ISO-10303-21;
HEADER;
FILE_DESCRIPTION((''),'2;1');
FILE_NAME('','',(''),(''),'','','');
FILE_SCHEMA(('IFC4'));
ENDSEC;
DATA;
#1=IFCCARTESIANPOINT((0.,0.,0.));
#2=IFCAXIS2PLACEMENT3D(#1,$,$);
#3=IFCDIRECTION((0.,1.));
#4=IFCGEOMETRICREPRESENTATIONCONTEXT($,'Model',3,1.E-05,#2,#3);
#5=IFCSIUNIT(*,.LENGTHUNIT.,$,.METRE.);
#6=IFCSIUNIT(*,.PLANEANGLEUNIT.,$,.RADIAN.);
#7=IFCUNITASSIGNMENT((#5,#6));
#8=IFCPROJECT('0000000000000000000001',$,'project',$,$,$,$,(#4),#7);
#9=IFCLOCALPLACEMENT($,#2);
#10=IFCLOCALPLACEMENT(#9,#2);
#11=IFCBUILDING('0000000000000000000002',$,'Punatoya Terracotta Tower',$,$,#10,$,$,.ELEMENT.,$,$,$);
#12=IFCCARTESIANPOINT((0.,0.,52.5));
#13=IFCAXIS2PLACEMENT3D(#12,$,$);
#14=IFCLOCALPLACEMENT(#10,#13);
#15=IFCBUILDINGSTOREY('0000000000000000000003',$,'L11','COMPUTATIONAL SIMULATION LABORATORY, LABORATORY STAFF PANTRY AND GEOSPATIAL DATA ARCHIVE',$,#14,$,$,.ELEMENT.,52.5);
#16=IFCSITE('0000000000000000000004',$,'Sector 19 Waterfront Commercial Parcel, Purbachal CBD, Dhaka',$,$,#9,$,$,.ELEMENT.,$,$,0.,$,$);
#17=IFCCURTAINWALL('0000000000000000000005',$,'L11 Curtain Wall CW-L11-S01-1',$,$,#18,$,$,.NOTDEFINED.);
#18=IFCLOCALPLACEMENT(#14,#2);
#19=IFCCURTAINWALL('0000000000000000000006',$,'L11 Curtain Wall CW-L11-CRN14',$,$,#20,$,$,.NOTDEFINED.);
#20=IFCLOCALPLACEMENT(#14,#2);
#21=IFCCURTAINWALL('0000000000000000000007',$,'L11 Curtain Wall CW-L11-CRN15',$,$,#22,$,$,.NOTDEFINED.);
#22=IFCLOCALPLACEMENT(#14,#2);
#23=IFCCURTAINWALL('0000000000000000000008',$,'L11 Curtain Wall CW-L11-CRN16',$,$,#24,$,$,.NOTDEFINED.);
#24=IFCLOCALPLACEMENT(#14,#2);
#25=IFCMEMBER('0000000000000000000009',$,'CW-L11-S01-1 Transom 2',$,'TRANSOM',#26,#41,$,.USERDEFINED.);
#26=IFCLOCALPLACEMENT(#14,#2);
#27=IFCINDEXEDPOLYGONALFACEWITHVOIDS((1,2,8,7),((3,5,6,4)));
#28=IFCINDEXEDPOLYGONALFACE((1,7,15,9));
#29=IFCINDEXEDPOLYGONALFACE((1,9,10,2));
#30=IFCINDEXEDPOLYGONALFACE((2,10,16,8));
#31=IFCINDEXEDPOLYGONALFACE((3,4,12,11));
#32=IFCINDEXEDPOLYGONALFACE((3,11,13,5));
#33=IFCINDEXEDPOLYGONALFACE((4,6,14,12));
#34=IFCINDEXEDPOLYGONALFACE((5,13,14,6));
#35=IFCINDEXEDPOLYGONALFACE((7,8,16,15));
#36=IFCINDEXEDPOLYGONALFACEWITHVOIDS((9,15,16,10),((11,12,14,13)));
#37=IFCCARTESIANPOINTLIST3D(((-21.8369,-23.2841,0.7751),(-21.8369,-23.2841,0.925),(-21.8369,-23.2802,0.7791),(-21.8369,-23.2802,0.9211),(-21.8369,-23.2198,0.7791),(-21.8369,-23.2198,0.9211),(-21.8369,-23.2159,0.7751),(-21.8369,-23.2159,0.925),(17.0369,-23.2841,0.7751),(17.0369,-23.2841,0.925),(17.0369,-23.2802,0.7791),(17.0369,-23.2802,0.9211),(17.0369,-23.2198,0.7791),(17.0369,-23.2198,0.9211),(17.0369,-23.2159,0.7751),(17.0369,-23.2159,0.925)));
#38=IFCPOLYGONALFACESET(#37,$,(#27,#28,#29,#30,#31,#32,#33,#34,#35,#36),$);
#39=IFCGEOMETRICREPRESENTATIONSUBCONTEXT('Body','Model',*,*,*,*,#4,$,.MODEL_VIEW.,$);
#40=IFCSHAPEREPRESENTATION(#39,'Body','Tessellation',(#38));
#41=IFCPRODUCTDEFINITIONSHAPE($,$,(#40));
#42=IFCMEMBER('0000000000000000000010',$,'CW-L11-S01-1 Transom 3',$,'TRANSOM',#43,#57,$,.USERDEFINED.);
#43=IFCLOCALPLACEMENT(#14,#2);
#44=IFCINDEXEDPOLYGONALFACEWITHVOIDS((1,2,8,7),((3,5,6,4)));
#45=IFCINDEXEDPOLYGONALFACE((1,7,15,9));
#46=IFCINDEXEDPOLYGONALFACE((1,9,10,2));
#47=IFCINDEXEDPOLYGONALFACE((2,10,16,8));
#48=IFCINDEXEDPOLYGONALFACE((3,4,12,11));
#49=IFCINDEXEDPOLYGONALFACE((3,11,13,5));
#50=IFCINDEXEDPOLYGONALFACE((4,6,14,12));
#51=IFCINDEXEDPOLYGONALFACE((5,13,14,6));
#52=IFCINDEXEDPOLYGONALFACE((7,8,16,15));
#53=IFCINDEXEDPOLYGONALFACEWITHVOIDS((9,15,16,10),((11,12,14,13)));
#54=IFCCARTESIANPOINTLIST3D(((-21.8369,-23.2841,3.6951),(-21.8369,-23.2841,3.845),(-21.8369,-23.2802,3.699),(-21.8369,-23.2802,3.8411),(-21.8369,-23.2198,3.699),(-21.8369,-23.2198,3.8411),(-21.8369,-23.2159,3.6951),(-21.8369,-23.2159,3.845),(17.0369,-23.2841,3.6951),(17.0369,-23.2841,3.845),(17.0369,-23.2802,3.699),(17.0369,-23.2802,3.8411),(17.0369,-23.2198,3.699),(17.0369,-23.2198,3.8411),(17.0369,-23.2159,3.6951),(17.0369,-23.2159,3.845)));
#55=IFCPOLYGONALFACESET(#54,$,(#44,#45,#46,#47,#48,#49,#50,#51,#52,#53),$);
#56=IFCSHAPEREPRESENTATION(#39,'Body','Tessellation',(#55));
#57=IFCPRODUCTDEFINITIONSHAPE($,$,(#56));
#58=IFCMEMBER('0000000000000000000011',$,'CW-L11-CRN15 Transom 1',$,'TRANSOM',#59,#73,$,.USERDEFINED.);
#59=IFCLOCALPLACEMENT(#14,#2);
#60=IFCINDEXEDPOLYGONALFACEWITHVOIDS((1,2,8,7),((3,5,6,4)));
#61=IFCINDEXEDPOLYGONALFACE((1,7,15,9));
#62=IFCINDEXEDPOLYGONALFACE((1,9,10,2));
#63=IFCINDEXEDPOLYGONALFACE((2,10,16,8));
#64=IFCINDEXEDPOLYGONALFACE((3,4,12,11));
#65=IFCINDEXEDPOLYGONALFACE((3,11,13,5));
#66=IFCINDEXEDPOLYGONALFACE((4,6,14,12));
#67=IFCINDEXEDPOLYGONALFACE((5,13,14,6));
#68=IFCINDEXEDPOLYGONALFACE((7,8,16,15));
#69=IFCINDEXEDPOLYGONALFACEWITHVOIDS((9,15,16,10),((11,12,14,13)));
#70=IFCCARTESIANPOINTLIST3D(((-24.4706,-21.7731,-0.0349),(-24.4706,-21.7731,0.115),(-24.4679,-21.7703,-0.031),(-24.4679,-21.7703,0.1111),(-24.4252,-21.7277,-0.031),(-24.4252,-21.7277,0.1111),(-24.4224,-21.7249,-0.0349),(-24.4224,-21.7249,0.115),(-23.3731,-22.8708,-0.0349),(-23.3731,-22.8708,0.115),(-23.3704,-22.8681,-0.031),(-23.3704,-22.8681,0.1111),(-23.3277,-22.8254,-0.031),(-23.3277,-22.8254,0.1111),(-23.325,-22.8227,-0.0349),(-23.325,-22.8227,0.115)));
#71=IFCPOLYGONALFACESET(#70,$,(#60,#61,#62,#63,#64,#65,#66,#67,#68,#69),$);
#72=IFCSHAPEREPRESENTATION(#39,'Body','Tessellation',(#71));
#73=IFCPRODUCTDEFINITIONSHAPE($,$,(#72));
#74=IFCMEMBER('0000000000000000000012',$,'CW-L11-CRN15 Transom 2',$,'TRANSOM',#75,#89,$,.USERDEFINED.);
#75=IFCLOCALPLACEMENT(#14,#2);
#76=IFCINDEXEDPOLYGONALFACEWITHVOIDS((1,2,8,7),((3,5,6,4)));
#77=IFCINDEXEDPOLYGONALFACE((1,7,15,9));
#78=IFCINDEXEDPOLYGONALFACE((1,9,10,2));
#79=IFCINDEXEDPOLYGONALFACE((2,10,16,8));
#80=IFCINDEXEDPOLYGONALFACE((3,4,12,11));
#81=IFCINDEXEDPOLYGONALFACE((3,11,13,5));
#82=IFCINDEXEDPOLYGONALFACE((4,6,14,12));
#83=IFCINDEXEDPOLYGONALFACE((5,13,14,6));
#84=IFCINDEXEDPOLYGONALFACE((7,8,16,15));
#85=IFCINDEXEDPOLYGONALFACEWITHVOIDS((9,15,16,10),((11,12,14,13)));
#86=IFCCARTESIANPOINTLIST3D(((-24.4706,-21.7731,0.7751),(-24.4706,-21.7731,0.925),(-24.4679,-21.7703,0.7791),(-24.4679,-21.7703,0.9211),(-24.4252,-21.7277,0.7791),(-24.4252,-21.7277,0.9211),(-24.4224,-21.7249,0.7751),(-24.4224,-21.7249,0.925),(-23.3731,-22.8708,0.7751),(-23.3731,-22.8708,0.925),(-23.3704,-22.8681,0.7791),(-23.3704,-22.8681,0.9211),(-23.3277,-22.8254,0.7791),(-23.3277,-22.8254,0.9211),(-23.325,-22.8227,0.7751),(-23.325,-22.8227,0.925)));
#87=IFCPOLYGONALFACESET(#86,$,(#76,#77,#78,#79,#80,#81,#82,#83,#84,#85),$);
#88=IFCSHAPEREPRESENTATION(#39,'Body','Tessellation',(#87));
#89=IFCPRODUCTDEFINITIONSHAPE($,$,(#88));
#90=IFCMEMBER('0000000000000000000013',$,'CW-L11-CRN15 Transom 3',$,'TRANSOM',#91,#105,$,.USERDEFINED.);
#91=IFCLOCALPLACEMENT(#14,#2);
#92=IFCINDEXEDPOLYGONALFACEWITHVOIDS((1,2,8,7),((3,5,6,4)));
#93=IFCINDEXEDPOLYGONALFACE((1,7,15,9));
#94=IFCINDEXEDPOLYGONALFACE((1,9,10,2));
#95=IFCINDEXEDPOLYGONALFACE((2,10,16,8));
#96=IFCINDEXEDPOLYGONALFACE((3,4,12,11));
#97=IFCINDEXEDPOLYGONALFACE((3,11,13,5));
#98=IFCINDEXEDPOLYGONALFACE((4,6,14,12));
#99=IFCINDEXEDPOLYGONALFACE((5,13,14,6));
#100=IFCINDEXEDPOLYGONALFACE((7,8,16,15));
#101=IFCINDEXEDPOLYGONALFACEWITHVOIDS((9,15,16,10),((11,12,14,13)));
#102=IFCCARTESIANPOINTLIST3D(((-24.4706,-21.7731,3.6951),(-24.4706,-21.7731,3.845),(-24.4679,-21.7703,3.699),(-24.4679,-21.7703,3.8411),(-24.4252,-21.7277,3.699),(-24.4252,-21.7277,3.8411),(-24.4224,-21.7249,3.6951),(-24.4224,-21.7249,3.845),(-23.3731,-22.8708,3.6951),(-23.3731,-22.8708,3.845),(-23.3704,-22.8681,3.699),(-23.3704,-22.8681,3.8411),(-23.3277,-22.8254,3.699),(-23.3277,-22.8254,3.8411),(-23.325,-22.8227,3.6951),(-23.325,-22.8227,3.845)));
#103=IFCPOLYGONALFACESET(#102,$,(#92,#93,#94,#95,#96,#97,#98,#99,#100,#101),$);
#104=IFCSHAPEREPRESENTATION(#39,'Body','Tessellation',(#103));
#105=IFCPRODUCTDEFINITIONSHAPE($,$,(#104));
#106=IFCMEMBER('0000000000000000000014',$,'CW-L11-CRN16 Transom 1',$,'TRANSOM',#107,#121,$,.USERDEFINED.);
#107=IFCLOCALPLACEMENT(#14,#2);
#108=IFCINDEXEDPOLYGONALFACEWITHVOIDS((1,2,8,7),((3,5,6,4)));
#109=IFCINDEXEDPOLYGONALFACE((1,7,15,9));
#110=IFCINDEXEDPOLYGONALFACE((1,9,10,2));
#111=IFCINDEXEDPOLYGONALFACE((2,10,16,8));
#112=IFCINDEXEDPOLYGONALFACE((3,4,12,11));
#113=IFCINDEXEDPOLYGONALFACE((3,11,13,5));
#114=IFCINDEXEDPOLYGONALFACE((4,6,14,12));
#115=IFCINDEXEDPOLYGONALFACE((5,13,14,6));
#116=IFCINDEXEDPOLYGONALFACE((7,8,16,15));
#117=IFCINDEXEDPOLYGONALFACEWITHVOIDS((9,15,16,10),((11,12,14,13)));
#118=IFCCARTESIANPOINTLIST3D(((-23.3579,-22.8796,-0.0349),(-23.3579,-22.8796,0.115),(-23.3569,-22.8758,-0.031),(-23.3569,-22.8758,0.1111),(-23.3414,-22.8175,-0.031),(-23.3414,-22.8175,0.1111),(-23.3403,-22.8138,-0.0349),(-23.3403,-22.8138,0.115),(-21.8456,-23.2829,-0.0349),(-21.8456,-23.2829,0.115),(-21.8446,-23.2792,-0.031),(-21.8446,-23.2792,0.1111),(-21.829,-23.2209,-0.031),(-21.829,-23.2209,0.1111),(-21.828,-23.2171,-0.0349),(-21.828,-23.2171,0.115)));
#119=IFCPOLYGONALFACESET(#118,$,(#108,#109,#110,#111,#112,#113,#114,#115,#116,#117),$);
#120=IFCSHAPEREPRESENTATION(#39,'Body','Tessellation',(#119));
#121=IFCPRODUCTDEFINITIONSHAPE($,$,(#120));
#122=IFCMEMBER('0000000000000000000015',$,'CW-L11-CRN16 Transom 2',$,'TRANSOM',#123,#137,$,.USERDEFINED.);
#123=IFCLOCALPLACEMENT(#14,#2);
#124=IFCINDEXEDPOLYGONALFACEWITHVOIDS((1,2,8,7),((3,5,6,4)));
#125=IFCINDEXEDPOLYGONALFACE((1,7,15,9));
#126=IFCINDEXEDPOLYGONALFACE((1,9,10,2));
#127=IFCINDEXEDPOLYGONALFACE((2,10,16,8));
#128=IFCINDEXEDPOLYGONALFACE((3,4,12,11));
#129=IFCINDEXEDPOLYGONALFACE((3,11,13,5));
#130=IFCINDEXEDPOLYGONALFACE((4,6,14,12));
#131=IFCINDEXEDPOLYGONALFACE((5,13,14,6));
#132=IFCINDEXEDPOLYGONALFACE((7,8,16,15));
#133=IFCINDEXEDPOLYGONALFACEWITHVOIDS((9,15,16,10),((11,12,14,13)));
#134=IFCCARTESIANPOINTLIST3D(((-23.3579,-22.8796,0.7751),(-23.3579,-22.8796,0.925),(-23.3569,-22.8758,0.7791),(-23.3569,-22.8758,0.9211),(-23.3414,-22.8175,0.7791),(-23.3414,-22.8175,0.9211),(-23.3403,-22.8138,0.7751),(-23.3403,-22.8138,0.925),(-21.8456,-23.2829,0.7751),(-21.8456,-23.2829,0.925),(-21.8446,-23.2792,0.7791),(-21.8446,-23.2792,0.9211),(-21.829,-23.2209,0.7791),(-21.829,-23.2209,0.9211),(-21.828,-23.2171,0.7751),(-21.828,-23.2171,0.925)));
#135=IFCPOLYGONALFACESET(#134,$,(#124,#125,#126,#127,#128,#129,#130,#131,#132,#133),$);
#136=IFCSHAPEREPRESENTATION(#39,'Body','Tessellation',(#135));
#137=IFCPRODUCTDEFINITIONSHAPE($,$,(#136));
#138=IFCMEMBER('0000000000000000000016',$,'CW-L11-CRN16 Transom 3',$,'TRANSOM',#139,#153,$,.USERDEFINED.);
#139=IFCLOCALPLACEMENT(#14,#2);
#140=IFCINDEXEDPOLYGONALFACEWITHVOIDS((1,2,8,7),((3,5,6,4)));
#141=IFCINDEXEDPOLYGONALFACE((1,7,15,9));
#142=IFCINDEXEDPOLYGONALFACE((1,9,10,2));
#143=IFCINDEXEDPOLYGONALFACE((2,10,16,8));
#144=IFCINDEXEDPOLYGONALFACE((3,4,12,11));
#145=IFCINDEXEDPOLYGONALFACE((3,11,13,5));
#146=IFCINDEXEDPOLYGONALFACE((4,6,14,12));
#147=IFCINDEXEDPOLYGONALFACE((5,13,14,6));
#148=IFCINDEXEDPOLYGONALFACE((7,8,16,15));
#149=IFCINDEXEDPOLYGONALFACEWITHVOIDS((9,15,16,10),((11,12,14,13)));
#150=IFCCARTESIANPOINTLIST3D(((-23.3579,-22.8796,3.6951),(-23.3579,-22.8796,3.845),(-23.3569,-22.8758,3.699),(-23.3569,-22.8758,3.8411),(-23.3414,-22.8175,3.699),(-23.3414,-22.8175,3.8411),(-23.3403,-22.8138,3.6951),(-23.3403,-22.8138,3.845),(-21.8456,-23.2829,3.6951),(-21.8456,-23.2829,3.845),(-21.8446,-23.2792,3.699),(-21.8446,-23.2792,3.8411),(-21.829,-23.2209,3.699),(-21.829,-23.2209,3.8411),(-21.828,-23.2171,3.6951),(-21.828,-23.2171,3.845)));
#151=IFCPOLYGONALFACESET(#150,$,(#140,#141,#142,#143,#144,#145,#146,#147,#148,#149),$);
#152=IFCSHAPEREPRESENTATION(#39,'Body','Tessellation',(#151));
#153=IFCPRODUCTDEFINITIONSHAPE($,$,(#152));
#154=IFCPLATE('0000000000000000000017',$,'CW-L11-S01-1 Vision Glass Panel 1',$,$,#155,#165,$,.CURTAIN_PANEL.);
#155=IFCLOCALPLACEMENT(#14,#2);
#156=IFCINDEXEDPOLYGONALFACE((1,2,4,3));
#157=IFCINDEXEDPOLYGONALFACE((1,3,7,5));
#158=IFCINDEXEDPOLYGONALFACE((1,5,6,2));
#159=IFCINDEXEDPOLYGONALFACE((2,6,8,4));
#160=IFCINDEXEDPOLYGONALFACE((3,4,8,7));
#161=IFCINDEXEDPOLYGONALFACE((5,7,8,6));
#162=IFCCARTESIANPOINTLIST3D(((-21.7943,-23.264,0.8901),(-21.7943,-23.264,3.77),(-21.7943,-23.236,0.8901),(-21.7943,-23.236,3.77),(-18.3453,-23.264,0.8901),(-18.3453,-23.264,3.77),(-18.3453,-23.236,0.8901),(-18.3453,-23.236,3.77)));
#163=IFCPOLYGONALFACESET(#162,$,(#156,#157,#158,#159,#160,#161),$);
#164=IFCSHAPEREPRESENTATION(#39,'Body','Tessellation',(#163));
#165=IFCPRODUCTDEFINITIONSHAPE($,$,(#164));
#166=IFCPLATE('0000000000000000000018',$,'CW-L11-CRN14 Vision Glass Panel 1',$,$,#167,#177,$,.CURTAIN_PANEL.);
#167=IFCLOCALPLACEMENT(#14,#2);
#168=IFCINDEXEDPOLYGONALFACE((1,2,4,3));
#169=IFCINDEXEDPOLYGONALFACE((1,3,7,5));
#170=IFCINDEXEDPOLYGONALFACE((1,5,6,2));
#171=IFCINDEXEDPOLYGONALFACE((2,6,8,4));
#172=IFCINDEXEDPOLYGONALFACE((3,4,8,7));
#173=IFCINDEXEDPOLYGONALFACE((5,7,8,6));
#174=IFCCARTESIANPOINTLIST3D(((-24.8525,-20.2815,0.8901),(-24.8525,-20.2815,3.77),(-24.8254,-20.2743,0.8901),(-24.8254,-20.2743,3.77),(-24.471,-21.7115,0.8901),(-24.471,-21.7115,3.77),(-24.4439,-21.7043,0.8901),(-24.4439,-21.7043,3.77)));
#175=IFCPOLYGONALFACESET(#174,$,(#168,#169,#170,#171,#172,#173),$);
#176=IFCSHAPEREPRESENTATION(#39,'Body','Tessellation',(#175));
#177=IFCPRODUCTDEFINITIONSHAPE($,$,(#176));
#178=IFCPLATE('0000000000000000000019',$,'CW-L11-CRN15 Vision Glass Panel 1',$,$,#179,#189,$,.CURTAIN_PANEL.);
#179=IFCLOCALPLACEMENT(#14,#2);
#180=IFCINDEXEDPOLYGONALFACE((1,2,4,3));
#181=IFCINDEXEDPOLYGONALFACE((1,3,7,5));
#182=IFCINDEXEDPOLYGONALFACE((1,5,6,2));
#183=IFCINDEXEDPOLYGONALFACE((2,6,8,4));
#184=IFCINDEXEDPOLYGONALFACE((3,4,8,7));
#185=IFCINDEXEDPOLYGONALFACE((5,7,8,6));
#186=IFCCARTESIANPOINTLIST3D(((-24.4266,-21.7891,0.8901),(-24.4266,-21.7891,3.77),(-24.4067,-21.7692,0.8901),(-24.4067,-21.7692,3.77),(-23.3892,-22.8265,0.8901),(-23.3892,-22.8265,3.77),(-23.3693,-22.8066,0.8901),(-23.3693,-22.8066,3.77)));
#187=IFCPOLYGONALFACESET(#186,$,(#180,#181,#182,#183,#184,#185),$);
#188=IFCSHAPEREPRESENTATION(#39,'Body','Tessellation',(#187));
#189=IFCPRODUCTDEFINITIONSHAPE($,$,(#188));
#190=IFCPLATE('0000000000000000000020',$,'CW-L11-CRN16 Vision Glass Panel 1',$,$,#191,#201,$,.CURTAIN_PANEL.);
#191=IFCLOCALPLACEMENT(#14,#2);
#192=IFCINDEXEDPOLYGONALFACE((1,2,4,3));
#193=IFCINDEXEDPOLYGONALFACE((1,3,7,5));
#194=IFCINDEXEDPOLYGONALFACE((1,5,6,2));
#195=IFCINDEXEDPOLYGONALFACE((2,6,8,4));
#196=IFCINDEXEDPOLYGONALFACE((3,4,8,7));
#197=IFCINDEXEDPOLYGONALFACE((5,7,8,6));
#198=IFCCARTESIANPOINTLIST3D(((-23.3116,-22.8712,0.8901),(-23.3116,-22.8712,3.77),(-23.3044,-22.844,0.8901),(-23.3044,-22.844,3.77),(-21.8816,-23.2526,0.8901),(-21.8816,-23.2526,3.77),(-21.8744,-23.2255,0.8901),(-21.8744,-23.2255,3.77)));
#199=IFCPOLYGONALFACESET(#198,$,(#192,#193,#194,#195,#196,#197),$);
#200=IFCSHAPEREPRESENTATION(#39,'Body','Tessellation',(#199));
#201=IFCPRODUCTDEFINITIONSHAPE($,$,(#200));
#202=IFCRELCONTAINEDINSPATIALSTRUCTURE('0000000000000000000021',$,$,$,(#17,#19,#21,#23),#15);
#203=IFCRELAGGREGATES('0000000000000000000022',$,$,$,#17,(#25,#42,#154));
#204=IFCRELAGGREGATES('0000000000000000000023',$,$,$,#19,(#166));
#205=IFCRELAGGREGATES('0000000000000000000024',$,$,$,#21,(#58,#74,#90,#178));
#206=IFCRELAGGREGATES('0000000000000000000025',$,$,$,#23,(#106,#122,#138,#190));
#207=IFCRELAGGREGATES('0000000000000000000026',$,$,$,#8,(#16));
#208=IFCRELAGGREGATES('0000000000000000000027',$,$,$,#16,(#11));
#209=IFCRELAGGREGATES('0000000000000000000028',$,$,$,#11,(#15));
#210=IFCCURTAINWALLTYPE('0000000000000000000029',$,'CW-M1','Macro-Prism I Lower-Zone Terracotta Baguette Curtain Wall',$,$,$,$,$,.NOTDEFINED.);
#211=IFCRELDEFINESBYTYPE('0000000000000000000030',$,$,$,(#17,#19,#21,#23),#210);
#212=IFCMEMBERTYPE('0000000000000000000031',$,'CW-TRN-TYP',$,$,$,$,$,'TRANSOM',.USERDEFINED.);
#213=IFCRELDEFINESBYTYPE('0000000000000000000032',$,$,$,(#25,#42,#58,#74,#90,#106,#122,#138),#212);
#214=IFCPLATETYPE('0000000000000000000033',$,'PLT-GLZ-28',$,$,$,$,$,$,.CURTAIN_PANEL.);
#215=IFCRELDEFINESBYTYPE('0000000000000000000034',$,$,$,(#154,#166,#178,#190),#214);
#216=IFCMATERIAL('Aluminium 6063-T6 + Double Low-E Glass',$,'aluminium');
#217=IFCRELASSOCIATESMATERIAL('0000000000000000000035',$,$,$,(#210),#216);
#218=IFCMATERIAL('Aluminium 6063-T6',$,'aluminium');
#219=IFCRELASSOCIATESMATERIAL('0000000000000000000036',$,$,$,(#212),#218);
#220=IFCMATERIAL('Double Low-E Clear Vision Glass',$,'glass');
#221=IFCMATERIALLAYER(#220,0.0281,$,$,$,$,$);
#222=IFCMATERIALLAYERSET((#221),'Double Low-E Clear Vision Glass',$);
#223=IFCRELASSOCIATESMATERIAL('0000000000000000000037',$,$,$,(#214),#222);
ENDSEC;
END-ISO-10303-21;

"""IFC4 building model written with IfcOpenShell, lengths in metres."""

from ifc_helpers import new_model, si_unit, direction, frame, origin, origin_2d, place, context, subcontext, project, spatial, rectangle, hollow_rectangle, extrude, material, layer, layer_set, material_profile, profile_set, type_object, element, aggregate, save


model = new_model("IFC4")

# Units and contexts
model_context = context("Model", 3, precision=1e-05, world=origin(), true_north=direction((0.0, 1.0)))
body_context = subcontext(model_context, "Body", "Model", "MODEL_VIEW")
ifc_project = project(units=[si_unit("LENGTHUNIT", "METRE"), si_unit("PLANEANGLEUNIT", "RADIAN")], contexts=[model_context])

# Site, building, storey
site_placement = place(None, origin())
site = spatial("IfcSite", under=ifc_project, at=site_placement, Name="Sector 19 Waterfront Commercial Parcel, Purbachal CBD, Dhaka", CompositionType="ELEMENT", RefElevation=0.0)
building_placement = place(site_placement, origin())
building = spatial("IfcBuilding", under=site, at=building_placement, Name="Punatoya Terracotta Tower", CompositionType="ELEMENT")
storey_placement = place(building_placement, frame((0.0, 0.0, 52.5)))
storey = spatial("IfcBuildingStorey", under=building, at=storey_placement, Name="L11", Description="COMPUTATIONAL SIMULATION LABORATORY, LABORATORY STAFF PANTRY AND GEOSPATIAL DATA ARCHIVE", CompositionType="ELEMENT", Elevation=52.5)

# Curtain wall
ifc_material_1 = material(Name="Aluminium 6063-T6 + Double Low-E Glass", Category="aluminium")
curtain_wall_type = type_object("IfcCurtainWallType", Name="CW-M1", Description="Macro-Prism I Lower-Zone Terracotta Baguette Curtain Wall", PredefinedType="NOTDEFINED", material=ifc_material_1)
curtain_wall_1_placement = place(storey_placement, origin())
curtain_wall_1 = element("IfcCurtainWall", 1, at=curtain_wall_1_placement, inside=storey, type_object=curtain_wall_type, Name="L11 Curtain Wall CW-L11-S01-1", PredefinedType="NOTDEFINED")
ifc_material_2 = material(Name="Aluminium 6063-T6", Category="aluminium")

# Curtain walls
curtain_wall_2_placement = place(storey_placement, origin())
curtain_wall_2 = element("IfcCurtainWall", 2, at=curtain_wall_2_placement, inside=storey, type_object=curtain_wall_type, Name="L11 Curtain Wall CW-L11-CRN14", PredefinedType="NOTDEFINED")
curtain_wall_3_placement = place(storey_placement, origin())
curtain_wall_3 = element("IfcCurtainWall", 3, at=curtain_wall_3_placement, inside=storey, type_object=curtain_wall_type, Name="L11 Curtain Wall CW-L11-CRN15", PredefinedType="NOTDEFINED")
curtain_wall_4_placement = place(storey_placement, origin())
curtain_wall_4 = element("IfcCurtainWall", 4, at=curtain_wall_4_placement, inside=storey, type_object=curtain_wall_type, Name="L11 Curtain Wall CW-L11-CRN16", PredefinedType="NOTDEFINED")

# Members
ifc_material_profile_1 = material_profile(ifc_material_2, hollow_rectangle(XDim=0.0681, YDim=0.1499, WallThickness=0.0039, at=origin_2d()))
ifc_profile_set_1 = profile_set([ifc_material_profile_1], Name="Aluminium 6063-T6")
member_type_1 = type_object("IfcMemberType", Name="CW-TRN-TYP", ElementType="TRANSOM", PredefinedType="USERDEFINED", material=ifc_profile_set_1)
member_1_placement = place(storey_placement, frame((-21.8369, -23.25, 0.8501), z_axis=(1.0, 0.0, 0.0), x_axis=(0.0, 1.0, 0.0)))
member_1 = element("IfcMember", 5, at=member_1_placement, type_object=member_type_1, Name="CW-L11-S01-1 Transom 2", ObjectType="TRANSOM", PredefinedType="USERDEFINED", context=body_context, shape_type="SweptSolid", body=[
    extrude(hollow_rectangle(XDim=0.0681, YDim=0.1499, WallThickness=0.0039, at=origin_2d()), origin(), (0.0, 0.0, 1.0), 38.8738),
])
member_2_placement = place(storey_placement, frame((-21.8369, -23.25, 3.77), z_axis=(1.0, 0.0, 0.0), x_axis=(0.0, 1.0, 0.0)))
member_2 = element("IfcMember", 6, at=member_2_placement, type_object=member_type_1, Name="CW-L11-S01-1 Transom 3", ObjectType="TRANSOM", PredefinedType="USERDEFINED", context=body_context, shape_type="SweptSolid", body=[
    extrude(hollow_rectangle(XDim=0.0681, YDim=0.1499, WallThickness=0.0039, at=origin_2d()), origin(), (0.0, 0.0, 1.0), 38.8738),
])
member_3_placement = place(storey_placement, frame((-24.4465, -21.749, 0.04), z_axis=(0.707028, -0.707185, 0.0), x_axis=(0.707185, 0.707028, 0.0)))
member_3 = element("IfcMember", 7, at=member_3_placement, type_object=member_type_1, Name="CW-L11-CRN15 Transom 1", ObjectType="TRANSOM", PredefinedType="USERDEFINED", context=body_context, shape_type="SweptSolid", body=[
    extrude(hollow_rectangle(XDim=0.0681, YDim=0.1499, WallThickness=0.0039, at=origin_2d()), origin(), (0.0, 0.0, 1.0), 1.5522),
])
member_4_placement = place(storey_placement, frame((-24.4465, -21.749, 0.8501), z_axis=(0.707028, -0.707185, 0.0), x_axis=(0.707185, 0.707028, 0.0)))
member_4 = element("IfcMember", 8, at=member_4_placement, type_object=member_type_1, Name="CW-L11-CRN15 Transom 2", ObjectType="TRANSOM", PredefinedType="USERDEFINED", context=body_context, shape_type="SweptSolid", body=[
    extrude(hollow_rectangle(XDim=0.0681, YDim=0.1499, WallThickness=0.0039, at=origin_2d()), origin(), (0.0, 0.0, 1.0), 1.5522),
])
member_5_placement = place(storey_placement, frame((-24.4465, -21.749, 3.77), z_axis=(0.707028, -0.707185, 0.0), x_axis=(0.707185, 0.707028, 0.0)))
member_5 = element("IfcMember", 9, at=member_5_placement, type_object=member_type_1, Name="CW-L11-CRN15 Transom 3", ObjectType="TRANSOM", PredefinedType="USERDEFINED", context=body_context, shape_type="SweptSolid", body=[
    extrude(hollow_rectangle(XDim=0.0681, YDim=0.1499, WallThickness=0.0039, at=origin_2d()), origin(), (0.0, 0.0, 1.0), 1.5522),
])
member_6_placement = place(storey_placement, frame((-23.3491, -22.8467, 0.04), z_axis=(0.966225, -0.257701, 0.0), x_axis=(0.257701, 0.966225, 0.0)))
member_6 = element("IfcMember", 10, at=member_6_placement, type_object=member_type_1, Name="CW-L11-CRN16 Transom 1", ObjectType="TRANSOM", PredefinedType="USERDEFINED", context=body_context, shape_type="SweptSolid", body=[
    extrude(hollow_rectangle(XDim=0.0681, YDim=0.1499, WallThickness=0.0039, at=origin_2d()), origin(), (0.0, 0.0, 1.0), 1.5652),
])
member_7_placement = place(storey_placement, frame((-23.3491, -22.8467, 0.8501), z_axis=(0.966225, -0.257701, 0.0), x_axis=(0.257701, 0.966225, 0.0)))
member_7 = element("IfcMember", 11, at=member_7_placement, type_object=member_type_1, Name="CW-L11-CRN16 Transom 2", ObjectType="TRANSOM", PredefinedType="USERDEFINED", context=body_context, shape_type="SweptSolid", body=[
    extrude(hollow_rectangle(XDim=0.0681, YDim=0.1499, WallThickness=0.0039, at=origin_2d()), origin(), (0.0, 0.0, 1.0), 1.5652),
])
member_8_placement = place(storey_placement, frame((-23.3491, -22.8467, 3.77), z_axis=(0.966225, -0.257701, 0.0), x_axis=(0.257701, 0.966225, 0.0)))
member_8 = element("IfcMember", 12, at=member_8_placement, type_object=member_type_1, Name="CW-L11-CRN16 Transom 3", ObjectType="TRANSOM", PredefinedType="USERDEFINED", context=body_context, shape_type="SweptSolid", body=[
    extrude(hollow_rectangle(XDim=0.0681, YDim=0.1499, WallThickness=0.0039, at=origin_2d()), origin(), (0.0, 0.0, 1.0), 1.5652),
])

# Plates
ifc_material_3 = material(Name="Double Low-E Clear Vision Glass", Category="glass")
ifc_layer_1 = layer(ifc_material_3, 0.0281)
ifc_layer_set_1 = layer_set([ifc_layer_1], Name="Double Low-E Clear Vision Glass")
plate_type_1 = type_object("IfcPlateType", Name="PLT-GLZ-28", PredefinedType="CURTAIN_PANEL", material=ifc_layer_set_1)
plate_1_placement = place(storey_placement, frame((-20.0698, -23.25, 0.8901), z_axis=(0.0, 0.0, 1.0), x_axis=(1.0, 0.0, 0.0)))
plate_1 = element("IfcPlate", 13, at=plate_1_placement, type_object=plate_type_1, Name="CW-L11-S01-1 Vision Glass Panel 1", PredefinedType="CURTAIN_PANEL", context=body_context, shape_type="SweptSolid", body=[
    extrude(rectangle(XDim=3.449, YDim=0.0281, at=origin_2d()), origin(), (0.0, 0.0, 1.0), 2.8799),
])
plate_2_placement = place(storey_placement, frame((-24.6482, -20.9929, 0.8901), z_axis=(0.0, 0.0, 1.0), x_axis=(0.257742, -0.966214, 0.0)))
plate_2 = element("IfcPlate", 14, at=plate_2_placement, type_object=plate_type_1, Name="CW-L11-CRN14 Vision Glass Panel 1", PredefinedType="CURTAIN_PANEL", context=body_context, shape_type="SweptSolid", body=[
    extrude(rectangle(XDim=1.48, YDim=0.0281, at=origin_2d()), origin(), (0.0, 0.0, 1.0), 2.8799),
])
plate_3_placement = place(storey_placement, frame((-23.8979, -22.2979, 0.8901), z_axis=(0.0, 0.0, 1.0), x_axis=(0.707107, -0.707107, 0.0)))
plate_3 = element("IfcPlate", 15, at=plate_3_placement, type_object=plate_type_1, Name="CW-L11-CRN15 Vision Glass Panel 1", PredefinedType="CURTAIN_PANEL", context=body_context, shape_type="SweptSolid", body=[
    extrude(rectangle(XDim=1.467, YDim=0.0281, at=origin_2d()), origin(), (0.0, 0.0, 1.0), 2.8799),
])
plate_4_placement = place(storey_placement, frame((-22.593, -23.0483, 0.8901), z_axis=(0.0, 0.0, 1.0), x_axis=(0.966214, -0.257742, 0.0)))
plate_4 = element("IfcPlate", 16, at=plate_4_placement, type_object=plate_type_1, Name="CW-L11-CRN16 Vision Glass Panel 1", PredefinedType="CURTAIN_PANEL", context=body_context, shape_type="SweptSolid", body=[
    extrude(rectangle(XDim=1.48, YDim=0.0281, at=origin_2d()), origin(), (0.0, 0.0, 1.0), 2.8799),
])
aggregate(curtain_wall_1, [member_1, member_2, plate_1])
aggregate(curtain_wall_2, [plate_2])
aggregate(curtain_wall_3, [member_3, member_4, member_5, plate_3])
aggregate(curtain_wall_4, [member_6, member_7, member_8, plate_4])

save(model, "model.ifc")
